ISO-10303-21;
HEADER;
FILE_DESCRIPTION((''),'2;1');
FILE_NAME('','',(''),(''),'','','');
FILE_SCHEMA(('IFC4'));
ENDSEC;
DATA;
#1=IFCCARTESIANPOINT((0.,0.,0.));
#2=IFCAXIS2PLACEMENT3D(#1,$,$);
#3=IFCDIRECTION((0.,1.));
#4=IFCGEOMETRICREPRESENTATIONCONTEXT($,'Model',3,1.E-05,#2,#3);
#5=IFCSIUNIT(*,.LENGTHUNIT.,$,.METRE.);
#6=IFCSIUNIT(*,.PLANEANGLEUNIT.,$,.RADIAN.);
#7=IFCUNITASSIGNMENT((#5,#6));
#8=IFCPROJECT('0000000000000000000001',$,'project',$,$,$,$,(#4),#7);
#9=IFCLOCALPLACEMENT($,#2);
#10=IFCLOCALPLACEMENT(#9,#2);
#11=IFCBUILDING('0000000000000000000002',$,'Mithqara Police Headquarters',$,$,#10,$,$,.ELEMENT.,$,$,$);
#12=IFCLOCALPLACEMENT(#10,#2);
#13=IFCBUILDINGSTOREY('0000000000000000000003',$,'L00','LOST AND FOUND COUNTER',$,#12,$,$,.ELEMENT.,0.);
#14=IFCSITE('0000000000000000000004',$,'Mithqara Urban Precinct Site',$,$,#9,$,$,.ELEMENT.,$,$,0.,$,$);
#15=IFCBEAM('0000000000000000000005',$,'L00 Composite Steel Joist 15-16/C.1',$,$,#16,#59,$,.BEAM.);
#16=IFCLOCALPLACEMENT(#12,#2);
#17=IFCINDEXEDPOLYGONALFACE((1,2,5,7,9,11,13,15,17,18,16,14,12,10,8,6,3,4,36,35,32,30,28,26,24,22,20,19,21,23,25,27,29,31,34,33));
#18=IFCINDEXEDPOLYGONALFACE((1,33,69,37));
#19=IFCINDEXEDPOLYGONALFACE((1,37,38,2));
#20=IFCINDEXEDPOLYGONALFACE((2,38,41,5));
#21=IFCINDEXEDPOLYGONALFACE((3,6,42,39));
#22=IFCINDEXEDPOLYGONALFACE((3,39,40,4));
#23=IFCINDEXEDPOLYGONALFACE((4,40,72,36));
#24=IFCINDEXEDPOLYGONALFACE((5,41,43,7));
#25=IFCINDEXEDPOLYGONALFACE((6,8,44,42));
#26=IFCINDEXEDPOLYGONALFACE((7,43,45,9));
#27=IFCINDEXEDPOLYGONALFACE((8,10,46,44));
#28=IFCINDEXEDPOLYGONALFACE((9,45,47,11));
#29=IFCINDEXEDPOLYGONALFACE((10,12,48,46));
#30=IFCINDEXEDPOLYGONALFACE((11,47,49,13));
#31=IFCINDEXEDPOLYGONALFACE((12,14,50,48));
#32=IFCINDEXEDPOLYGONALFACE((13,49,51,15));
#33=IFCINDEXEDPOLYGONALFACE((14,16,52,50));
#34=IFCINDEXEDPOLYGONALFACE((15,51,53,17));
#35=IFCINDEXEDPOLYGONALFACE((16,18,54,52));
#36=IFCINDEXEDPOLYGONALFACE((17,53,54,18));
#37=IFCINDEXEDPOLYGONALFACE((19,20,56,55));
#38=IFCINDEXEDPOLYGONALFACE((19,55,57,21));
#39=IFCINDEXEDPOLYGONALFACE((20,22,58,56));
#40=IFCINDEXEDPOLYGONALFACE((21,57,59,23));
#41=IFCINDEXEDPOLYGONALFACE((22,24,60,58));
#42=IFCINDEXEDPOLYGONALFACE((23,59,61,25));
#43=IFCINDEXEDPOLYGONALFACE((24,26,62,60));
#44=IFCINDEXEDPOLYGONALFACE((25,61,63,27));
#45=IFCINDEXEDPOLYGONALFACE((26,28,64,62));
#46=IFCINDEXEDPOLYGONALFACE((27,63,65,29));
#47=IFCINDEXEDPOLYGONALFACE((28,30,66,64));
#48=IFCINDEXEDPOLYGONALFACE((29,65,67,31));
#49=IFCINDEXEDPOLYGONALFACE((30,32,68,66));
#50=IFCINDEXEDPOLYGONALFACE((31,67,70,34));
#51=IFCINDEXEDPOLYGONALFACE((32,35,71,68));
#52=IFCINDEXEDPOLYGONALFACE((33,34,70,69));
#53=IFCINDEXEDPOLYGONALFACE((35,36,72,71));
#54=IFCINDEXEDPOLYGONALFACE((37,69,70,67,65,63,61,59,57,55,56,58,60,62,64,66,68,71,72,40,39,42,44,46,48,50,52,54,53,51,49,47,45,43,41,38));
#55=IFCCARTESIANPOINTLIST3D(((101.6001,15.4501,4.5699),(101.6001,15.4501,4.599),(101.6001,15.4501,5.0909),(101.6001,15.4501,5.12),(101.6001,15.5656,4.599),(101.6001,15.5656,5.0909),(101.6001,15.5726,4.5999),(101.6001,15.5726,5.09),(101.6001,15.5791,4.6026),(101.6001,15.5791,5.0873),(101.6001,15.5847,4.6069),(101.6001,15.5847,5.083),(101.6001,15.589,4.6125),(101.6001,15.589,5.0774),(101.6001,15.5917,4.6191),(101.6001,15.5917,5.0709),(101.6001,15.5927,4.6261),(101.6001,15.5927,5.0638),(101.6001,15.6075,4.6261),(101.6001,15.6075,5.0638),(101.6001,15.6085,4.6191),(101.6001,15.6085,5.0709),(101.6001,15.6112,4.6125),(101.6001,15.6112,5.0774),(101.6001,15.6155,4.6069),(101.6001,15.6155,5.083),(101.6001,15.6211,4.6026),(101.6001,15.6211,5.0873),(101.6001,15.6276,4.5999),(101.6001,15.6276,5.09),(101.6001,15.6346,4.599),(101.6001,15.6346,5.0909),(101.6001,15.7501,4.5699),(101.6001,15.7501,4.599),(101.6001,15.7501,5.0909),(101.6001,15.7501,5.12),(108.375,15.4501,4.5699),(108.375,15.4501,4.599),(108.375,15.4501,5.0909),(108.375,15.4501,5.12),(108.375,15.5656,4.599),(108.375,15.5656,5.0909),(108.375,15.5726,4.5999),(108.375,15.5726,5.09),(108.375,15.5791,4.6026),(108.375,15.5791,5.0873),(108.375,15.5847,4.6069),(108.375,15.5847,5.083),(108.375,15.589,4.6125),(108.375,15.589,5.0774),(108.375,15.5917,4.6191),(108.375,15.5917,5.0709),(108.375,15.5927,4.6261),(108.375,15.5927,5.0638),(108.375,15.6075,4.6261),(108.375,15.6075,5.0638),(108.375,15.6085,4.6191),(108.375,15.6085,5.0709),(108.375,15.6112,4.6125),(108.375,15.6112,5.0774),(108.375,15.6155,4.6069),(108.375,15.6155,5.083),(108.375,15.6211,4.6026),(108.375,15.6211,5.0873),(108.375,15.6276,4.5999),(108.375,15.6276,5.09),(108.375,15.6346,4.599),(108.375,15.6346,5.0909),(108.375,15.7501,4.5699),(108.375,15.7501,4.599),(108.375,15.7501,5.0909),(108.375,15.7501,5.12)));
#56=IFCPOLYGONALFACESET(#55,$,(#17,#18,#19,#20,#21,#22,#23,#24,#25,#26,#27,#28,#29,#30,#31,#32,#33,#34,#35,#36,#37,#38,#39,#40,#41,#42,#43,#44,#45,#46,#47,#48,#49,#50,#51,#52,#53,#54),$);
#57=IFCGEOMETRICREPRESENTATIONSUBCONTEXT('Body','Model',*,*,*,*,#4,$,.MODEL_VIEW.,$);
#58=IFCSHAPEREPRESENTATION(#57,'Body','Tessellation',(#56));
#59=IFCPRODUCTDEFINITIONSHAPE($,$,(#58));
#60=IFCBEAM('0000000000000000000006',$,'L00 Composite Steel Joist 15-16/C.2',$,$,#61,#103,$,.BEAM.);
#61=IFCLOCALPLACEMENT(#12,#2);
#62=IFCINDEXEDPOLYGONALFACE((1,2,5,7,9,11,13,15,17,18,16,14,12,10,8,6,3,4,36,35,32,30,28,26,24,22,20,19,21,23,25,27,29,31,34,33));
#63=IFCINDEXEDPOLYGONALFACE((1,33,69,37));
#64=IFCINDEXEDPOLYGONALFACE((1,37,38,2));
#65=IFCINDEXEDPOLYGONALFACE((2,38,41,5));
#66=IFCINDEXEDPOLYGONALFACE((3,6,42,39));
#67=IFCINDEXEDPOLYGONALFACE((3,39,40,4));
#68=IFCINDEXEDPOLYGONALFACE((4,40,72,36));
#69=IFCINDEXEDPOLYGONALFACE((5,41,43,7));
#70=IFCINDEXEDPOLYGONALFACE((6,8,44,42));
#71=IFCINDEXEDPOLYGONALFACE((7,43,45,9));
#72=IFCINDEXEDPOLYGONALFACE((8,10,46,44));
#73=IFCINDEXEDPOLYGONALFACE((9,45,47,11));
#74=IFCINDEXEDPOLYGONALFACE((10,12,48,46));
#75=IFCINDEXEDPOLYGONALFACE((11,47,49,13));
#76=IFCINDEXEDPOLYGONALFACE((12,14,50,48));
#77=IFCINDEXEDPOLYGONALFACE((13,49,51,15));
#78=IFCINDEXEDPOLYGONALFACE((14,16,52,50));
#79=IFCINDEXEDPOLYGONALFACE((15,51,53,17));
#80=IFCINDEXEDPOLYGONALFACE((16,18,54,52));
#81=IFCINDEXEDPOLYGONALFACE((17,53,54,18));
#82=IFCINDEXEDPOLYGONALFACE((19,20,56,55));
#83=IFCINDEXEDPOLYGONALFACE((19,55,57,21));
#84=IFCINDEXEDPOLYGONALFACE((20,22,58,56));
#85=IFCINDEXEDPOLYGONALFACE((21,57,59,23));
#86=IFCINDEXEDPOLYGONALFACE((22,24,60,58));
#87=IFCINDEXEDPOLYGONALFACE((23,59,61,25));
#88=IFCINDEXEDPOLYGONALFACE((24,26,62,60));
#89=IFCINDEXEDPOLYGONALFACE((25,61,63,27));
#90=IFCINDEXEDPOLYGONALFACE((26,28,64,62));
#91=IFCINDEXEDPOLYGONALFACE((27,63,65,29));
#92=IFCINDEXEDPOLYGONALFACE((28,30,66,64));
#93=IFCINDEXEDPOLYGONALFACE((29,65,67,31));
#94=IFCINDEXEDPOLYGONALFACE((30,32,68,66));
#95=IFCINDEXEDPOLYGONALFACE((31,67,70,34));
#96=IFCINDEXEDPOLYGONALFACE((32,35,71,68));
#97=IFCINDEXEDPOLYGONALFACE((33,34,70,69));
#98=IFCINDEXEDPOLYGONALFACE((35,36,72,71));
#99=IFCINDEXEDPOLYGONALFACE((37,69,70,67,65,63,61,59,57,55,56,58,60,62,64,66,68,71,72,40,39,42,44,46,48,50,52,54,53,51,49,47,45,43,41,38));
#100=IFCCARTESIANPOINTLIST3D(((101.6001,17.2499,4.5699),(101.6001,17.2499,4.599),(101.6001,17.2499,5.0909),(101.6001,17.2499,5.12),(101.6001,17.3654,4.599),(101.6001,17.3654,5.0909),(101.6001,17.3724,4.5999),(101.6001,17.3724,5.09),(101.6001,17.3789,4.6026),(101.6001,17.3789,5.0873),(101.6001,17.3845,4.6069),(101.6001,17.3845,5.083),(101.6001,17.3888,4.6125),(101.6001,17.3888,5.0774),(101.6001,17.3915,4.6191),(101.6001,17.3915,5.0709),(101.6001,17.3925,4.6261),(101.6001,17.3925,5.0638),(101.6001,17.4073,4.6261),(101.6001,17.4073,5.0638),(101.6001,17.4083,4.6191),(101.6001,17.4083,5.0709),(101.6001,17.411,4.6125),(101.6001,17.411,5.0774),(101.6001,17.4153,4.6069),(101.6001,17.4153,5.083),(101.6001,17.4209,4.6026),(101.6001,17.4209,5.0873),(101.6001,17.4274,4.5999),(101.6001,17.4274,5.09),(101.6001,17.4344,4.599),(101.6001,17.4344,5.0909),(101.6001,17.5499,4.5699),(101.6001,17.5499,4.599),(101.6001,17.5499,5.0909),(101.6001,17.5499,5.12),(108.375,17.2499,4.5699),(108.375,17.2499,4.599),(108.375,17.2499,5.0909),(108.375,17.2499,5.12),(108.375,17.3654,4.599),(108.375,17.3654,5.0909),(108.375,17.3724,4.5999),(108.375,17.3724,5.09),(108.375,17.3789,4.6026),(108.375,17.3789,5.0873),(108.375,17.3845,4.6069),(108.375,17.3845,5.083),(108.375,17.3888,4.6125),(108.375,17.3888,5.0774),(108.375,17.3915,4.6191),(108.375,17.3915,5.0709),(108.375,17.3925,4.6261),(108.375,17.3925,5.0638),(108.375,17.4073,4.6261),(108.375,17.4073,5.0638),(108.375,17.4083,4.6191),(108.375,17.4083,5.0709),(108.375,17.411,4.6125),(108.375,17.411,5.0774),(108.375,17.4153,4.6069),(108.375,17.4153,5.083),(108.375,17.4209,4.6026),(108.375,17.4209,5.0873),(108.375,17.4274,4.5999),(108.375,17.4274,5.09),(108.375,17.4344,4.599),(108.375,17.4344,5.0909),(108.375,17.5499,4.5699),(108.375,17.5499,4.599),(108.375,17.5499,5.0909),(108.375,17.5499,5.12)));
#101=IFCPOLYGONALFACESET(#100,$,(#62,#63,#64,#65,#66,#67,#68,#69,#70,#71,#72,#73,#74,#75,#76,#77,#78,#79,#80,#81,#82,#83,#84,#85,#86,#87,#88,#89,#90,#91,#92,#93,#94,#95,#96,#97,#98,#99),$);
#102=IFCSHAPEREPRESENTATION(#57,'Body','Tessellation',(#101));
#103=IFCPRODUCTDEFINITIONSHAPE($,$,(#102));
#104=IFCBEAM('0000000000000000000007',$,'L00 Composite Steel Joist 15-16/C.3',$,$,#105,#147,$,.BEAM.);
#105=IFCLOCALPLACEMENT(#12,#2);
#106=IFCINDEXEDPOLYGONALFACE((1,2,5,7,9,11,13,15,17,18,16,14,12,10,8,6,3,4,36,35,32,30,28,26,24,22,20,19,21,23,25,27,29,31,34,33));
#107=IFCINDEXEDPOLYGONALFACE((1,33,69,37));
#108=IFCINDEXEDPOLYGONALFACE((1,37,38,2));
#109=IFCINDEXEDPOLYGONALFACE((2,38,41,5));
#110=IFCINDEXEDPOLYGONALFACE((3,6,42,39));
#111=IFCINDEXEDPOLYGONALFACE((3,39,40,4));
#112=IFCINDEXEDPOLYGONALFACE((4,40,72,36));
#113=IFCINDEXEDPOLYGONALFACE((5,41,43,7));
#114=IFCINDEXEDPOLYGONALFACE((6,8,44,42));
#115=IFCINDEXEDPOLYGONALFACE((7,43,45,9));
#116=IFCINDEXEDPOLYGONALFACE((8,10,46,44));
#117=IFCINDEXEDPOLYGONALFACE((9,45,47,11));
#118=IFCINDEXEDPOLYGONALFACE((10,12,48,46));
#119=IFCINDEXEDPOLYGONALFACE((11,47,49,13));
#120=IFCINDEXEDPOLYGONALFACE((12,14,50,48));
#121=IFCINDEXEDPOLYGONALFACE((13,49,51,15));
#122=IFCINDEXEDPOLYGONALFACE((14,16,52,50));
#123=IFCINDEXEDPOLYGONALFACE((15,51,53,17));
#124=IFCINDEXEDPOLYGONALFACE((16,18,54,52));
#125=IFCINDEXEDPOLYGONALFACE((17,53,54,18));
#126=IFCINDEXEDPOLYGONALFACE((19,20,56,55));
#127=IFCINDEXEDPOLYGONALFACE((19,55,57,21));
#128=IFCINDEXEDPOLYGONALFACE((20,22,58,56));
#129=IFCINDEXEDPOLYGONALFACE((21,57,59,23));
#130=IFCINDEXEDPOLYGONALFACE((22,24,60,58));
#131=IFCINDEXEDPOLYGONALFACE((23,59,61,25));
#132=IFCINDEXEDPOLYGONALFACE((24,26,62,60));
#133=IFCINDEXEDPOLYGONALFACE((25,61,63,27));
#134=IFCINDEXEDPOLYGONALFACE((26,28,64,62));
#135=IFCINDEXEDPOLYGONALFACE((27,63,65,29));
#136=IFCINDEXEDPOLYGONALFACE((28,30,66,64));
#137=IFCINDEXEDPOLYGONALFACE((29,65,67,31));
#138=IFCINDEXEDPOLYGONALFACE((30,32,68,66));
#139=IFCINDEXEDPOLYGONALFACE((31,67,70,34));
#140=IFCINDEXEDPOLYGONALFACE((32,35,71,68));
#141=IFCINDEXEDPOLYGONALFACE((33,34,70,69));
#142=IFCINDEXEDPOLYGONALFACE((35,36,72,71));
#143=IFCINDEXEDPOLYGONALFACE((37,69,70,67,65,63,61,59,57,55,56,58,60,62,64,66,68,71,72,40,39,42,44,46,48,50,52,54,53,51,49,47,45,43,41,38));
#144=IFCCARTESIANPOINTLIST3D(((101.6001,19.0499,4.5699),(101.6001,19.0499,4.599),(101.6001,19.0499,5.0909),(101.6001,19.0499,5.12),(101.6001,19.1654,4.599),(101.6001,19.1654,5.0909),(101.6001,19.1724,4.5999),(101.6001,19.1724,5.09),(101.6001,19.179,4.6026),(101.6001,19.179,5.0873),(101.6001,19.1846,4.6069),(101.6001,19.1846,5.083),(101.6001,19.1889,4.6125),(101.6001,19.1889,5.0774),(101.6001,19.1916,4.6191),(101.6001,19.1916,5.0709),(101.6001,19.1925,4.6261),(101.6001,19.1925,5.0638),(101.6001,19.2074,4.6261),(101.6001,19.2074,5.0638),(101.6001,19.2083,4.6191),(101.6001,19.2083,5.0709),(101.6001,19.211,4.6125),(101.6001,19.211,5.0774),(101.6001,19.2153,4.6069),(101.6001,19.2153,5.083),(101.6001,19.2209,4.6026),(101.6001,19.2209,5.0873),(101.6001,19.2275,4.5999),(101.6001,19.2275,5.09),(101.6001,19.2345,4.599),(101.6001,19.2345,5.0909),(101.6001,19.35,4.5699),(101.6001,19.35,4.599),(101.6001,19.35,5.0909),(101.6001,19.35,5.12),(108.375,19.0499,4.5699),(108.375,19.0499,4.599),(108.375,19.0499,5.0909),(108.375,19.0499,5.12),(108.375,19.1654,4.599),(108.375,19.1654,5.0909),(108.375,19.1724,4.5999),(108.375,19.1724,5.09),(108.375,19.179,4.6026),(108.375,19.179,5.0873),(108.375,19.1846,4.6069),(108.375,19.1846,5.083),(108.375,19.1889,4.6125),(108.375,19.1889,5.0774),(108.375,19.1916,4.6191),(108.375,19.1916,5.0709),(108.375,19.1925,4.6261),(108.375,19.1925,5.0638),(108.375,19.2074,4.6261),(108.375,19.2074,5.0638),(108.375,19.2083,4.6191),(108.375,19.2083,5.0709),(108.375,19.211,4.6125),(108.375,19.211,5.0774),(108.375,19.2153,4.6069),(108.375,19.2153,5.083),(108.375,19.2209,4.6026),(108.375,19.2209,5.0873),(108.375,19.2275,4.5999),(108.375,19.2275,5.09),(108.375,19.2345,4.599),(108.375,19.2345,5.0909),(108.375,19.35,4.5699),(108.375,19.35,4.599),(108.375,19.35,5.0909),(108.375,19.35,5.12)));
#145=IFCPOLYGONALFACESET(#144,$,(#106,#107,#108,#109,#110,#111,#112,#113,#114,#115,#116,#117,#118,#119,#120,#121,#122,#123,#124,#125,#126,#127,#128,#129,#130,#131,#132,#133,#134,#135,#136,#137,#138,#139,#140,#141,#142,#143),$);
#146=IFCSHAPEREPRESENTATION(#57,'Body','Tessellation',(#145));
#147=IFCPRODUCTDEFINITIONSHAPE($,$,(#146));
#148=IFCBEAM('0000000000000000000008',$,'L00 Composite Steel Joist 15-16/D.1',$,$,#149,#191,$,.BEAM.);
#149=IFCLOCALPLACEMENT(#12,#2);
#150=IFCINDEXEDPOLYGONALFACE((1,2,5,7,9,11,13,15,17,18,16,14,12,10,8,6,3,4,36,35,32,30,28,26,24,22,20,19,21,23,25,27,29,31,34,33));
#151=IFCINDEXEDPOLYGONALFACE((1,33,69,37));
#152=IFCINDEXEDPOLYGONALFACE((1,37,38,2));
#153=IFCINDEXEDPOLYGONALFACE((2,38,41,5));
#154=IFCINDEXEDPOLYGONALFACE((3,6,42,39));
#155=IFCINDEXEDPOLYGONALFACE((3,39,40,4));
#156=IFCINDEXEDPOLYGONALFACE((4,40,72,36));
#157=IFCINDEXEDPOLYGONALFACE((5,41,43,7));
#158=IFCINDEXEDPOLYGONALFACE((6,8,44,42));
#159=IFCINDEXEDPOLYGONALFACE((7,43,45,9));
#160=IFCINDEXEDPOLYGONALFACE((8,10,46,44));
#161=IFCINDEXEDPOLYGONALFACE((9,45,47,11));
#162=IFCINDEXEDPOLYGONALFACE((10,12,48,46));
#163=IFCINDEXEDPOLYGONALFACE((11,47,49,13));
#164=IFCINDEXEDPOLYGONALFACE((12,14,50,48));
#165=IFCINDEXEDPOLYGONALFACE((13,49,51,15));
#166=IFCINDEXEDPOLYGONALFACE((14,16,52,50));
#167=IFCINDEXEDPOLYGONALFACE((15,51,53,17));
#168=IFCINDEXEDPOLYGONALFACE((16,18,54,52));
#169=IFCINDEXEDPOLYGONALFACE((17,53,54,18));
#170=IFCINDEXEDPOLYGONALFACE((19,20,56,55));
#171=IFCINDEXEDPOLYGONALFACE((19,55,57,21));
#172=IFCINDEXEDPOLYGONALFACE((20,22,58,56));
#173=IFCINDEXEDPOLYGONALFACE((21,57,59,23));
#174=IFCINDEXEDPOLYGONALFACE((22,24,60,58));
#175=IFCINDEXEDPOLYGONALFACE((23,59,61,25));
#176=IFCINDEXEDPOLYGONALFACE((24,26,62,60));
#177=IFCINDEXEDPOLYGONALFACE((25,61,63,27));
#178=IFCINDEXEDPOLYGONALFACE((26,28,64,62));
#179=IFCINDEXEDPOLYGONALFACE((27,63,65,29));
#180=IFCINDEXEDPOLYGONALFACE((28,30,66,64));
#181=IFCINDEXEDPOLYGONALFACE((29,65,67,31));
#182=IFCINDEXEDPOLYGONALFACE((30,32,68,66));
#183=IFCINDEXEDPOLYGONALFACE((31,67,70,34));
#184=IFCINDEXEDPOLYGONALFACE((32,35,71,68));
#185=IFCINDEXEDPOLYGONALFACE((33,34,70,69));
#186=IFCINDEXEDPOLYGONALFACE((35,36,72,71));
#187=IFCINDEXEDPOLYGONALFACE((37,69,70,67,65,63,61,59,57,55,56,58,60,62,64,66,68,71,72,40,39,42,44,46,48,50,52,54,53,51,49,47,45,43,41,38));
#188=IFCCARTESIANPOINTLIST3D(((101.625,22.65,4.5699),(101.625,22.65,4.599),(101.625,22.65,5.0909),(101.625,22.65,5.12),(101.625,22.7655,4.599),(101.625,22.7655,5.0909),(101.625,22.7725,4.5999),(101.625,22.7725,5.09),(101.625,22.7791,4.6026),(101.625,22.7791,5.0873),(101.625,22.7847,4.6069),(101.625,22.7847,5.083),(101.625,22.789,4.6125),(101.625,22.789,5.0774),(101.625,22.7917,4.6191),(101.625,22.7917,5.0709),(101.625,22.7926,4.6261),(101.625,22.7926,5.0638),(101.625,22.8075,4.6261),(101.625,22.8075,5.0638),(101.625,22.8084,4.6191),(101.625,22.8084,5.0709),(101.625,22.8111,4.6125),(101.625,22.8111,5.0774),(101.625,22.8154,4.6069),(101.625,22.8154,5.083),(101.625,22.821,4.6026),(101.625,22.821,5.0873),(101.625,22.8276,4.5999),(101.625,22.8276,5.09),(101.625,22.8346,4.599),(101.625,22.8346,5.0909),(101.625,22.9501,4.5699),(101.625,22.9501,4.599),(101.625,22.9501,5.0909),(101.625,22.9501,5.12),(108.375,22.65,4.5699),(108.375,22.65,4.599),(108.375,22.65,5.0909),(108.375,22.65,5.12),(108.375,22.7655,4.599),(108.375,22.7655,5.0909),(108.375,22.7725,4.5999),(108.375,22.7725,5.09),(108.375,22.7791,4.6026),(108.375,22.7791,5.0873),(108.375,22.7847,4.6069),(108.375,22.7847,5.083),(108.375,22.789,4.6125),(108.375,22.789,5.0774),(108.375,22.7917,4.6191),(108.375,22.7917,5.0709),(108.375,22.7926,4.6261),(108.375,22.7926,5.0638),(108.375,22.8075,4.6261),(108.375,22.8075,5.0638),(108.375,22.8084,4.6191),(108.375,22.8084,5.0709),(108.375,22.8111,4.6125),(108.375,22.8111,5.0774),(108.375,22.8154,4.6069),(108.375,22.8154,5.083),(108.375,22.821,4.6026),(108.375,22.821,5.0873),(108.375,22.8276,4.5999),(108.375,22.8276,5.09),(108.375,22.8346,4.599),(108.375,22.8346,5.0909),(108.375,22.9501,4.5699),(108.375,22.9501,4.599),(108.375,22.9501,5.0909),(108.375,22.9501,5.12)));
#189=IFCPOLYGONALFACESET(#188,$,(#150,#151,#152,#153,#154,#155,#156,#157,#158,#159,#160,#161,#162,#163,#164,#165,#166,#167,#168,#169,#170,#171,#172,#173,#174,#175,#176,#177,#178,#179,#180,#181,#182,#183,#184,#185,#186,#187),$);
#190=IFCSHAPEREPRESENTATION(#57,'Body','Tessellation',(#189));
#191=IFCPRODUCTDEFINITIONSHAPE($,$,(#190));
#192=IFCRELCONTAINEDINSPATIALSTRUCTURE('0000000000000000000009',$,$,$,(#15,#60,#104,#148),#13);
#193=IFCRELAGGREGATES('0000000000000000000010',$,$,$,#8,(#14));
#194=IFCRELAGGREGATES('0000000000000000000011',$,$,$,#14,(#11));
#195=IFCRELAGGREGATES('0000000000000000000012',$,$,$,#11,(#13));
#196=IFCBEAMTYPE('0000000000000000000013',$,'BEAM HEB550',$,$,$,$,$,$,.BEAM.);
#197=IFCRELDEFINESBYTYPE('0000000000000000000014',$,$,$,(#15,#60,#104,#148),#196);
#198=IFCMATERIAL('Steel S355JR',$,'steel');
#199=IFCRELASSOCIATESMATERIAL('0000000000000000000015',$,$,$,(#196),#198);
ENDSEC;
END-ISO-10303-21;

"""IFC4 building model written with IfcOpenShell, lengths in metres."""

from ifc_helpers import new_model, si_unit, direction, frame, origin, origin_2d, place, context, subcontext, project, spatial, i_section, extrude, material, material_profile, profile_set, type_object, element, save


model = new_model("IFC4")

# Units and contexts
model_context = context("Model", 3, precision=1e-05, world=origin(), true_north=direction((0.0, 1.0)))
body_context = subcontext(model_context, "Body", "Model", "MODEL_VIEW")
ifc_project = project(units=[si_unit("LENGTHUNIT", "METRE"), si_unit("PLANEANGLEUNIT", "RADIAN")], contexts=[model_context])

# Site, building, storey
site_placement = place(None, origin())
site = spatial("IfcSite", under=ifc_project, at=site_placement, Name="Mithqara Urban Precinct Site", CompositionType="ELEMENT", RefElevation=0.0)
building_placement = place(site_placement, origin())
building = spatial("IfcBuilding", under=site, at=building_placement, Name="Mithqara Police Headquarters", CompositionType="ELEMENT")
storey_placement = place(building_placement, origin())
storey = spatial("IfcBuildingStorey", under=building, at=storey_placement, Name="L00", Description="LOST AND FOUND COUNTER", CompositionType="ELEMENT", Elevation=0.0)

# Beams
ifc_material_1 = material(Name="Steel S355JR", Category="steel")
ifc_material_profile_1 = material_profile(ifc_material_1, i_section(OverallWidth=0.3, OverallDepth=0.55, WebThickness=0.0149, FlangeThickness=0.0291, FilletRadius=0.0271, at=origin_2d()), Name="HEB 550")
ifc_profile_set_1 = profile_set([ifc_material_profile_1], Name="Steel S355JR")
beam_type_1 = type_object("IfcBeamType", Name="BEAM HEB550", PredefinedType="BEAM", material=ifc_profile_set_1)
for number, where, z_axis, x_axis, name in (
    (1, (101.6001, 15.6001, 4.845), (1.0, 0.0, 0.0), (0.0, 1.0, 0.0), "L00 Composite Steel Joist 15-16/C.1"),
    (2, (101.6001, 17.3999, 4.845), (1.0, 0.0, 0.0), (0.0, 1.0, 0.0), "L00 Composite Steel Joist 15-16/C.2"),
    (3, (101.6001, 19.2, 4.845), (1.0, 0.0, 0.0), (0.0, 1.0, 0.0), "L00 Composite Steel Joist 15-16/C.3"),
):
    element("IfcBeam", number, at=place(storey_placement, frame(where, z_axis=z_axis, x_axis=x_axis)), inside=storey, type_object=beam_type_1, Name=name, PredefinedType="BEAM", context=body_context, shape_type="SweptSolid", body=[
        extrude(i_section(OverallWidth=0.3, OverallDepth=0.55, WebThickness=0.0149, FlangeThickness=0.0291, FilletRadius=0.0271, at=origin_2d()), origin(), (0.0, 0.0, 1.0), 6.7749),
    ])
for number, where, z_axis, x_axis, name in (
    (4, (101.625, 22.8, 4.845), (1.0, 0.0, 0.0), (0.0, 1.0, 0.0), "L00 Composite Steel Joist 15-16/D.1"),
):
    element("IfcBeam", number, at=place(storey_placement, frame(where, z_axis=z_axis, x_axis=x_axis)), inside=storey, type_object=beam_type_1, Name=name, PredefinedType="BEAM", context=body_context, shape_type="SweptSolid", body=[
        extrude(i_section(OverallWidth=0.3, OverallDepth=0.55, WebThickness=0.0149, FlangeThickness=0.0291, FilletRadius=0.0271, at=origin_2d()), origin(), (0.0, 0.0, 1.0), 6.75),
    ])

save(model, "model.ifc")
